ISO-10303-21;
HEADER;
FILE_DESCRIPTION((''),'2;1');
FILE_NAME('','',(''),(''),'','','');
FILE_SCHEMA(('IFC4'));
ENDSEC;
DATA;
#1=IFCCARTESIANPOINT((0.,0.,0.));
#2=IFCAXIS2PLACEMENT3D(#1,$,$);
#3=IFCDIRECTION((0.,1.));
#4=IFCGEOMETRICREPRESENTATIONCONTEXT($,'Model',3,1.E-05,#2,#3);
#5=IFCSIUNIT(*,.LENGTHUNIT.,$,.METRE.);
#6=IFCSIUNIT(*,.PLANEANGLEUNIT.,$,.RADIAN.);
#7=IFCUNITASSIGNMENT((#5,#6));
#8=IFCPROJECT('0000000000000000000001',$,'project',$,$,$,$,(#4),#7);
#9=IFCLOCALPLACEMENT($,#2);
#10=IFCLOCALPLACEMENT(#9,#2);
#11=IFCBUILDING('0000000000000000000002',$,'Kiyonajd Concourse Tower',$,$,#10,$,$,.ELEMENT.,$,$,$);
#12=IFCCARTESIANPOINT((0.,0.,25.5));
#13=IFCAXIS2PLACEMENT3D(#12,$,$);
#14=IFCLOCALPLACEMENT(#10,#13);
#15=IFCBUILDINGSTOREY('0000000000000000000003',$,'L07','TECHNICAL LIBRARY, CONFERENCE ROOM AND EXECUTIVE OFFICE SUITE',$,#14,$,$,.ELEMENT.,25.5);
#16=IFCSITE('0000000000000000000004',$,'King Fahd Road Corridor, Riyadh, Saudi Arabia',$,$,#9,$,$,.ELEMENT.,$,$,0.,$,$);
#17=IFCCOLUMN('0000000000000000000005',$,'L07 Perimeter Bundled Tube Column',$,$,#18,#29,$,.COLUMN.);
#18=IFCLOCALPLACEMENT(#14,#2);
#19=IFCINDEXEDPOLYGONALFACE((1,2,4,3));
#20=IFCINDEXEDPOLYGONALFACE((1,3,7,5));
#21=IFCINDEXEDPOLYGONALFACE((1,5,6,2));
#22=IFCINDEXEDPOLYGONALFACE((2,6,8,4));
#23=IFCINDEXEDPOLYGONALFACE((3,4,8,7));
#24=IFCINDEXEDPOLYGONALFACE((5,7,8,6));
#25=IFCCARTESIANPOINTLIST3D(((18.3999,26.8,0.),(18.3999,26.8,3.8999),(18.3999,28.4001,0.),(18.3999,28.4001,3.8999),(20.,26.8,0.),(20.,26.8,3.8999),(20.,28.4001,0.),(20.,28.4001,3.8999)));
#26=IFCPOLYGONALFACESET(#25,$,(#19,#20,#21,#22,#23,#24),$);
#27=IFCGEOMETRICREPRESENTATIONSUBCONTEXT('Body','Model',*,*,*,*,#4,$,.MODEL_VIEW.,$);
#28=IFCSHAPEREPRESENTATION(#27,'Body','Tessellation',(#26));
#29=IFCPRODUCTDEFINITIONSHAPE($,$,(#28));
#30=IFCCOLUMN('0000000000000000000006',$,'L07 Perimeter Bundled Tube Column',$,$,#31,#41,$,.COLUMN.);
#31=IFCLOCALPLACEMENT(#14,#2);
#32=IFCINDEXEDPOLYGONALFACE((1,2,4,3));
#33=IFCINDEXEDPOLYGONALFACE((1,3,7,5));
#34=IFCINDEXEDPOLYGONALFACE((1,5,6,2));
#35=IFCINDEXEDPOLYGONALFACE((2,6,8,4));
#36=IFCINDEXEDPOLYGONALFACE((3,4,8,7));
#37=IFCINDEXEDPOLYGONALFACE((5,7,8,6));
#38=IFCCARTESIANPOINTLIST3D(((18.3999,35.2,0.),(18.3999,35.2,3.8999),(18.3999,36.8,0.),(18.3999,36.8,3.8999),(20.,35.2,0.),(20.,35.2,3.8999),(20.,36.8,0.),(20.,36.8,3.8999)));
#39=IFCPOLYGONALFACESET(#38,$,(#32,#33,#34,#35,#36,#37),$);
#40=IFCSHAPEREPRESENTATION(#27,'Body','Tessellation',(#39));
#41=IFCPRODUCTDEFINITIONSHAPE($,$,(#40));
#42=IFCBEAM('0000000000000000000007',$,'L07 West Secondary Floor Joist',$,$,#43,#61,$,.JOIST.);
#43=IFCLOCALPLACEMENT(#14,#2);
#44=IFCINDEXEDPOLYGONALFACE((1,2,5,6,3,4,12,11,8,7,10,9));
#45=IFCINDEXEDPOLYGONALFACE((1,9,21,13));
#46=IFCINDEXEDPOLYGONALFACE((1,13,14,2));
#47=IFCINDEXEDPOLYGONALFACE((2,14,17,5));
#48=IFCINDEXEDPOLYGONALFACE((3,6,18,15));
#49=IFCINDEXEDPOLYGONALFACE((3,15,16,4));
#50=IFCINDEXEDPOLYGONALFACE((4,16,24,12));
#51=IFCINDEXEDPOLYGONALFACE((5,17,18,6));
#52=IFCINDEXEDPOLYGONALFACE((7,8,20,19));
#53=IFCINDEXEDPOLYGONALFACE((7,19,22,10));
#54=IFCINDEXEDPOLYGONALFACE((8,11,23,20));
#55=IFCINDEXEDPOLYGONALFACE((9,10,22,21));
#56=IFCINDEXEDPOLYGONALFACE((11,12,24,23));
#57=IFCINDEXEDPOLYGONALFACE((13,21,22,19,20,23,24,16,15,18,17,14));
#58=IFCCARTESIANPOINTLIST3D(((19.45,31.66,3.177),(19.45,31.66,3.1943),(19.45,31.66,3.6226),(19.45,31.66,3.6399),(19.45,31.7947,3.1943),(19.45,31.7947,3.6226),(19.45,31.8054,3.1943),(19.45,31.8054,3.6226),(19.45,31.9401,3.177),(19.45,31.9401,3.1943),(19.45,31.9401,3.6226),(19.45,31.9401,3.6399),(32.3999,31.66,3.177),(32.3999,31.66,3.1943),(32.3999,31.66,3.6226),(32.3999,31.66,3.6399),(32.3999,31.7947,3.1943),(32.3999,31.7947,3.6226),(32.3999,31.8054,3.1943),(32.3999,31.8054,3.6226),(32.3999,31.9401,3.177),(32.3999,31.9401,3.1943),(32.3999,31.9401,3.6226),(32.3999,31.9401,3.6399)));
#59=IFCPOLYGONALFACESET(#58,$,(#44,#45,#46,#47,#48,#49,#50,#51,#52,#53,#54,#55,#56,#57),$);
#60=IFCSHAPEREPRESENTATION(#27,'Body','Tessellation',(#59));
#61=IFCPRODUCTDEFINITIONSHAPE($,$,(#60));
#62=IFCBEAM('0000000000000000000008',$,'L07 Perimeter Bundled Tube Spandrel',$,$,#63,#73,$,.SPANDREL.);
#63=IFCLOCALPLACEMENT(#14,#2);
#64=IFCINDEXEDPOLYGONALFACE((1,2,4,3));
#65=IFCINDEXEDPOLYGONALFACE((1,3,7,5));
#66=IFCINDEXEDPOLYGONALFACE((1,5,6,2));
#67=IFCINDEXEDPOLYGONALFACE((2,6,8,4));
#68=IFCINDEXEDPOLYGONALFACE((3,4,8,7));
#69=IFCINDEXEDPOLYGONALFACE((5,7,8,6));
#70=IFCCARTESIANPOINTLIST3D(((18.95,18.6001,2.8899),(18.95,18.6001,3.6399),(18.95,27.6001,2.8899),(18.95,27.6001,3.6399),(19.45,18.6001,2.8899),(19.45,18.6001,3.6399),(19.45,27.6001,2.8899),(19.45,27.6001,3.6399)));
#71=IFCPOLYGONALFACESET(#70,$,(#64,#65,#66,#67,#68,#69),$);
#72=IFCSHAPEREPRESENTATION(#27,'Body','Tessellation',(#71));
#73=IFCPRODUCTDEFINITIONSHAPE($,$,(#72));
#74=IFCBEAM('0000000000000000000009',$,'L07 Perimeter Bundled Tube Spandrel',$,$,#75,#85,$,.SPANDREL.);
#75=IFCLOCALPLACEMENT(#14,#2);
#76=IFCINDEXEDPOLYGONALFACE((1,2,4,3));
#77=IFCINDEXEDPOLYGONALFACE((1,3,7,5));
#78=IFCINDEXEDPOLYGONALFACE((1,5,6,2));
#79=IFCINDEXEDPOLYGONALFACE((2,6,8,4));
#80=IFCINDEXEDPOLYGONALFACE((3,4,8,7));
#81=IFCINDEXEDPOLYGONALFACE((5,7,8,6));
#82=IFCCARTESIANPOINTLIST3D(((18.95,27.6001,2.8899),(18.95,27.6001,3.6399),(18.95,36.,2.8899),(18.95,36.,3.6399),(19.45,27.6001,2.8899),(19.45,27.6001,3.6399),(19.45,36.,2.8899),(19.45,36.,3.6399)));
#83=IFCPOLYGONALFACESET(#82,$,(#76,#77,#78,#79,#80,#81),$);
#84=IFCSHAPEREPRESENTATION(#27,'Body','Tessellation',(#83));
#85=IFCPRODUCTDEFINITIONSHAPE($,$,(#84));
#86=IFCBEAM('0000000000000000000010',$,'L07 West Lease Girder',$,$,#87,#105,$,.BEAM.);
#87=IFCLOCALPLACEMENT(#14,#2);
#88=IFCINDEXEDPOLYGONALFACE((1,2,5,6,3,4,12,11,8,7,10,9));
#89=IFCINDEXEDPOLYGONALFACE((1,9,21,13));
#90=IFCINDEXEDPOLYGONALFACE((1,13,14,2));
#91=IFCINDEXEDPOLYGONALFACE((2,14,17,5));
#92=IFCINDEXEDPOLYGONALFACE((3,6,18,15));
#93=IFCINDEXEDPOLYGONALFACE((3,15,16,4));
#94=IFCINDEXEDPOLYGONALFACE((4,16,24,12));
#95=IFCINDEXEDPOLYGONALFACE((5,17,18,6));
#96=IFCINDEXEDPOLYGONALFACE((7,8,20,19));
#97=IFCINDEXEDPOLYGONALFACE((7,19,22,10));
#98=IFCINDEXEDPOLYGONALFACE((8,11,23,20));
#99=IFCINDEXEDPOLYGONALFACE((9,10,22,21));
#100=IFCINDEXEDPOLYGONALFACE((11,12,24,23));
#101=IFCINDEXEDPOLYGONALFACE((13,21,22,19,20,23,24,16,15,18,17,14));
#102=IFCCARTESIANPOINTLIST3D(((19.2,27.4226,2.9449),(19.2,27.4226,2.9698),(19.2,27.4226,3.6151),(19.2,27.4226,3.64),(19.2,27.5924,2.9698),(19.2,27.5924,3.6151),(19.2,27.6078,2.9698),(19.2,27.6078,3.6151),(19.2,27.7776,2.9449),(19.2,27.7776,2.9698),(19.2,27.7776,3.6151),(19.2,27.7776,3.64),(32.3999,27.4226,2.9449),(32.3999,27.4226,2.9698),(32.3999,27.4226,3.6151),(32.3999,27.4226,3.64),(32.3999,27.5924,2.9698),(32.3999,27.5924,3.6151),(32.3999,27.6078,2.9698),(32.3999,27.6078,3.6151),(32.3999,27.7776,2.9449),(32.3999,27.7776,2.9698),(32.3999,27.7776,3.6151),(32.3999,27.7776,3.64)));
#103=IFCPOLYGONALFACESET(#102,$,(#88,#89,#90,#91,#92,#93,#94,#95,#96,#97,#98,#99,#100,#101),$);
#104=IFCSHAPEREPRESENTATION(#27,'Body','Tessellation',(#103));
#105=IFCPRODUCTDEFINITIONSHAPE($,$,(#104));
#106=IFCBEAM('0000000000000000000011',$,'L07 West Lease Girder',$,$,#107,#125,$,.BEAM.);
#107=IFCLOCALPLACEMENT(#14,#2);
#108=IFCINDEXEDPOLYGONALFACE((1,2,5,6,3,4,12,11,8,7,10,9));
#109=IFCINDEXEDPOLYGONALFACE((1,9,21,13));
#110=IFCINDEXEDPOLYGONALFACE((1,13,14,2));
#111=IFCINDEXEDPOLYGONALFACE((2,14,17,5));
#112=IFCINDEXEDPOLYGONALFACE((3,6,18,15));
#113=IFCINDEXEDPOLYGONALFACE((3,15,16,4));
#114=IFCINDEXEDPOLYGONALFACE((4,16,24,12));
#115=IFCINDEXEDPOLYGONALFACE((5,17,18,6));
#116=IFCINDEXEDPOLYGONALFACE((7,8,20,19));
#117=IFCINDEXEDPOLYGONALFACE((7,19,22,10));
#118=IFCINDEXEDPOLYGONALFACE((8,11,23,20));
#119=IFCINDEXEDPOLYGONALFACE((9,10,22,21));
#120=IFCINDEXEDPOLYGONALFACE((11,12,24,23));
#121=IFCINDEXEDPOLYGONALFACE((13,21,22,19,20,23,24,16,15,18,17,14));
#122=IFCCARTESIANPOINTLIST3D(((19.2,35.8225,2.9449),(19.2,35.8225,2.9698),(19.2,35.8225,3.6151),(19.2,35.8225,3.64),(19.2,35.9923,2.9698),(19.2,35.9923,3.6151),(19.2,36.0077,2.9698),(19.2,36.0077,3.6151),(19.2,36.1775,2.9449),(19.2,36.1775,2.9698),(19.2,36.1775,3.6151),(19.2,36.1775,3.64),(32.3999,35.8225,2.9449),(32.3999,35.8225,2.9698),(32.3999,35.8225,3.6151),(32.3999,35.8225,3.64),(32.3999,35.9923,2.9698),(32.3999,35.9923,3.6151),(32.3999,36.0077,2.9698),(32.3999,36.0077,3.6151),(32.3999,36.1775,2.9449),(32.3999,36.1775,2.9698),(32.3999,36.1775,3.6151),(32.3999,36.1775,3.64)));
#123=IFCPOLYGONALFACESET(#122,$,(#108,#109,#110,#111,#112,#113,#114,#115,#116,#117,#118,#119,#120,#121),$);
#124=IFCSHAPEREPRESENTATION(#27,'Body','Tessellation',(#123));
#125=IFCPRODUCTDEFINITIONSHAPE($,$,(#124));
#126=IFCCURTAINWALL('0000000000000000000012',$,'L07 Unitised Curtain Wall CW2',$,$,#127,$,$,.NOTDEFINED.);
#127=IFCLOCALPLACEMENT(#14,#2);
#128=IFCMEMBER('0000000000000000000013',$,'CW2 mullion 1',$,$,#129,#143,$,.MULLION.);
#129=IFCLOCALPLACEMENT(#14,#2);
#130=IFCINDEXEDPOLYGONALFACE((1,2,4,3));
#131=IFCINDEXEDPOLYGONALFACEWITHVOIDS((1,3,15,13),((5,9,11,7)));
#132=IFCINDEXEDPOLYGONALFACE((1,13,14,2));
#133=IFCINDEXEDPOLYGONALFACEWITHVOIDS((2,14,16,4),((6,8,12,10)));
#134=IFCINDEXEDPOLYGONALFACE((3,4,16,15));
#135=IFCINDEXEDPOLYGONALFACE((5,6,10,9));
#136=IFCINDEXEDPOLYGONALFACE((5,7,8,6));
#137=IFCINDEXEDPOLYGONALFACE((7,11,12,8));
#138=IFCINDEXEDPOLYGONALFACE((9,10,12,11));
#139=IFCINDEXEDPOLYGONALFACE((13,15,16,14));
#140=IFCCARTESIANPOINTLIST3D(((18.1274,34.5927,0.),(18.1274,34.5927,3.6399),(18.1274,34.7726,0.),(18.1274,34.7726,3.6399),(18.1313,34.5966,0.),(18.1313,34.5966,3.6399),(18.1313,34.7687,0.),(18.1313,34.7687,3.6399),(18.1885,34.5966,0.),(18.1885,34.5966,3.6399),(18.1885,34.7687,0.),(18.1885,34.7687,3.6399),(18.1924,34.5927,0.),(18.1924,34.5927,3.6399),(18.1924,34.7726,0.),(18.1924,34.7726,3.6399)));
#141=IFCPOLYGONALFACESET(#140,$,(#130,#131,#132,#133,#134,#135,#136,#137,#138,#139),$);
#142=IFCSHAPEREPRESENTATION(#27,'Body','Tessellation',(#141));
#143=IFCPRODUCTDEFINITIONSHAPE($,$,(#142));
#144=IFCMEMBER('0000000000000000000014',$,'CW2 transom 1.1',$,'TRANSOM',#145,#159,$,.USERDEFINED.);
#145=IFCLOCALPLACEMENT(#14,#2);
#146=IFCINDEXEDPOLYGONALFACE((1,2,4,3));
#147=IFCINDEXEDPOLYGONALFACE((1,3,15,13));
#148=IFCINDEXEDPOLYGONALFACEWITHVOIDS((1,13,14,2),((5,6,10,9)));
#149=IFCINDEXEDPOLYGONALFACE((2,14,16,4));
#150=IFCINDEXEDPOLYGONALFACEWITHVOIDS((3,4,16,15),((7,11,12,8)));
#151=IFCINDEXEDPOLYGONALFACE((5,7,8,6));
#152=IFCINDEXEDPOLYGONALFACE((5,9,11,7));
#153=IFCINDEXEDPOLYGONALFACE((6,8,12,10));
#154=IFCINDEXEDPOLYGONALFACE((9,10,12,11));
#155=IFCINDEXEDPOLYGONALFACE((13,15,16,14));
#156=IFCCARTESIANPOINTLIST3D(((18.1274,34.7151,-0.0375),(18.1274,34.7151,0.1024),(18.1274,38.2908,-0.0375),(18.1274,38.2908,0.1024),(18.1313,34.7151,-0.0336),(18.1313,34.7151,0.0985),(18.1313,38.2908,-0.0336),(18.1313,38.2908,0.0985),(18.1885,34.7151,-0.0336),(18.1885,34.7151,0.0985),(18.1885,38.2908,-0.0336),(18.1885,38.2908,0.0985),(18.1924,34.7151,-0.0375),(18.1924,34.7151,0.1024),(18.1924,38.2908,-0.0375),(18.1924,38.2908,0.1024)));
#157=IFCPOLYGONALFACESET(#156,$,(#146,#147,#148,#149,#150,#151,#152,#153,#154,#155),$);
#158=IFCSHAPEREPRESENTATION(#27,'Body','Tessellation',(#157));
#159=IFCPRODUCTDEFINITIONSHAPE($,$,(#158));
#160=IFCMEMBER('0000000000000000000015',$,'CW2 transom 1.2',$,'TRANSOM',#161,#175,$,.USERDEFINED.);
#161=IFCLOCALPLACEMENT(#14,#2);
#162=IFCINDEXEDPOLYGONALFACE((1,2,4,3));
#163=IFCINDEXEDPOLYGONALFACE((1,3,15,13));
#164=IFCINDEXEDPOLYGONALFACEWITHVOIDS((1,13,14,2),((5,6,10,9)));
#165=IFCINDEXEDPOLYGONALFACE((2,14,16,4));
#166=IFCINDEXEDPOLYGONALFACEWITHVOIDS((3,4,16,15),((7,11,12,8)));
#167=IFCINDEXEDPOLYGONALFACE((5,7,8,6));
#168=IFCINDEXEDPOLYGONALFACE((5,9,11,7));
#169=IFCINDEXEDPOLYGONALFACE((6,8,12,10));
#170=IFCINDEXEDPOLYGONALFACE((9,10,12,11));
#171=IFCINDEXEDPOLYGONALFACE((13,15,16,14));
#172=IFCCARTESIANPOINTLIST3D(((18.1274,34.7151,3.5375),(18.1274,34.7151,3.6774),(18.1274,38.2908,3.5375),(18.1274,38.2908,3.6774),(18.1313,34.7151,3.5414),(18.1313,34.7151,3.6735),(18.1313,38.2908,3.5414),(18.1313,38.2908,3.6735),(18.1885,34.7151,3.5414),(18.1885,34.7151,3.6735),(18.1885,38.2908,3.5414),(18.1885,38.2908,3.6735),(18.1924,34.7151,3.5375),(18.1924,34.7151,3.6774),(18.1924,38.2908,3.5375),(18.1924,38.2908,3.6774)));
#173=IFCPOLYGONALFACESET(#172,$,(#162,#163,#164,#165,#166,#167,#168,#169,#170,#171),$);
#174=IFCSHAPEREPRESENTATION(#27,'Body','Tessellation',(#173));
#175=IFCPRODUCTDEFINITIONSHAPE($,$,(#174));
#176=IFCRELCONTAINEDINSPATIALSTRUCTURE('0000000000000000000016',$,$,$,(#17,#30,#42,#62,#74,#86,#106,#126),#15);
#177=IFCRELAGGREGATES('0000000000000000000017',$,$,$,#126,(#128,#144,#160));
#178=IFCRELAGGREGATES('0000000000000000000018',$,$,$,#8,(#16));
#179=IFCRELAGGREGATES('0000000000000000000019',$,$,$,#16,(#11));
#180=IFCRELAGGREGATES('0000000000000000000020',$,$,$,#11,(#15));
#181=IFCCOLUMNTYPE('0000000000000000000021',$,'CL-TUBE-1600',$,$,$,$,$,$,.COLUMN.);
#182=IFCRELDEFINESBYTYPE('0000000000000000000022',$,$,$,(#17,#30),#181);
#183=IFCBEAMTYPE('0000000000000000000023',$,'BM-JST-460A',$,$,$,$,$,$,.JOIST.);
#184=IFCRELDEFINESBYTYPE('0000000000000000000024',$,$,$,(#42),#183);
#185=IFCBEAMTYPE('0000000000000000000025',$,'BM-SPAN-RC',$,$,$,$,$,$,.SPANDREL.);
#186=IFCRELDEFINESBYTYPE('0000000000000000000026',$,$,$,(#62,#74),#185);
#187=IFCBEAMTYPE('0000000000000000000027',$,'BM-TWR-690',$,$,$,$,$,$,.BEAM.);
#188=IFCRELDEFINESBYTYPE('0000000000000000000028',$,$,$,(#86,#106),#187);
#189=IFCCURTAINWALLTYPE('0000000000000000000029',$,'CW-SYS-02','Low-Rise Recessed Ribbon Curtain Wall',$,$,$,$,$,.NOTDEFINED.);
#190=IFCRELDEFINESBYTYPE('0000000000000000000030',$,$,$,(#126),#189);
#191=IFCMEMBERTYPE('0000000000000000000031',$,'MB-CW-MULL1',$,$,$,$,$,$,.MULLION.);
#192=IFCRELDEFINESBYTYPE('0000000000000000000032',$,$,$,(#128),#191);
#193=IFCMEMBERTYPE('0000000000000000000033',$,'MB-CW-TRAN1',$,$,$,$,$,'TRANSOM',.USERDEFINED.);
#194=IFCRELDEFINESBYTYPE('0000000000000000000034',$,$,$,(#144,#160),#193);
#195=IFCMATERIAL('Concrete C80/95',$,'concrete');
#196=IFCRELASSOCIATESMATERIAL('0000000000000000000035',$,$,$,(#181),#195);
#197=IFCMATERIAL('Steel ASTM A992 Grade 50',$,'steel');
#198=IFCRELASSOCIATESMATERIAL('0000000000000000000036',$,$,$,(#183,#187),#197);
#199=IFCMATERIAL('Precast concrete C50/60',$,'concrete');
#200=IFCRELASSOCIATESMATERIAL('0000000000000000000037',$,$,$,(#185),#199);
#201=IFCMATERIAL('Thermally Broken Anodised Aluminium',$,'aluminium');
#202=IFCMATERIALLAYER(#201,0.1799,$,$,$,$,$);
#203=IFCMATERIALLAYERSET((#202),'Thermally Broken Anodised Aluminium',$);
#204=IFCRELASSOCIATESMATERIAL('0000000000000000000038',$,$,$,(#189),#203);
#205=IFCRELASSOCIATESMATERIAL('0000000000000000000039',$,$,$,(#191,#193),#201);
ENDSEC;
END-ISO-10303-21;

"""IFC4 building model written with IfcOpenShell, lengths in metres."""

from ifc_helpers import new_model, si_unit, direction, frame, origin, origin_2d, place, context, subcontext, project, spatial, rectangle, hollow_rectangle, i_section, extrude, material, layer, layer_set, material_profile, profile_set, type_object, element, aggregate, save


model = new_model("IFC4")

# Units and contexts
model_context = context("Model", 3, precision=1e-05, world=origin(), true_north=direction((0.0, 1.0)))
body_context = subcontext(model_context, "Body", "Model", "MODEL_VIEW")
ifc_project = project(units=[si_unit("LENGTHUNIT", "METRE"), si_unit("PLANEANGLEUNIT", "RADIAN")], contexts=[model_context])

# Site, building, storey
site_placement = place(None, origin())
site = spatial("IfcSite", under=ifc_project, at=site_placement, Name="King Fahd Road Corridor, Riyadh, Saudi Arabia", CompositionType="ELEMENT", RefElevation=0.0)
building_placement = place(site_placement, origin())
building = spatial("IfcBuilding", under=site, at=building_placement, Name="Kiyonajd Concourse Tower", CompositionType="ELEMENT")
storey_placement = place(building_placement, frame((0.0, 0.0, 25.5)))
storey = spatial("IfcBuildingStorey", under=building, at=storey_placement, Name="L07", Description="TECHNICAL LIBRARY, CONFERENCE ROOM AND EXECUTIVE OFFICE SUITE", CompositionType="ELEMENT", Elevation=25.5)

# Columns
ifc_material_1 = material(Name="Concrete C80/95", Category="concrete")
ifc_material_profile_1 = material_profile(ifc_material_1, rectangle(XDim=1.6001, YDim=1.6001, at=origin_2d()), Name="RC-1600x1600")
ifc_profile_set_1 = profile_set([ifc_material_profile_1], Name="Concrete C80/95")
column_type = type_object("IfcColumnType", Name="CL-TUBE-1600", PredefinedType="COLUMN", material=ifc_profile_set_1)
for number, where, z_axis, x_axis, name in (
    (1, (19.2, 27.6001, 0.0), (0.0, 0.0, 1.0), (1.0, 0.0, 0.0), "L07 Perimeter Bundled Tube Column"),
    (2, (19.2, 36.0, 0.0), (0.0, 0.0, 1.0), (1.0, 0.0, 0.0), "L07 Perimeter Bundled Tube Column"),
):
    element("IfcColumn", number, at=place(storey_placement, frame(where, z_axis=z_axis, x_axis=x_axis)), inside=storey, type_object=column_type, Name=name, PredefinedType="COLUMN", context=body_context, shape_type="SweptSolid", body=[
        extrude(rectangle(XDim=1.6001, YDim=1.6001, at=origin_2d()), origin(), (0.0, 0.0, 1.0), 3.8999),
    ])

# Beams
ifc_material_2 = material(Name="Steel ASTM A992 Grade 50", Category="steel")
ifc_material_profile_2 = material_profile(ifc_material_2, i_section(OverallWidth=0.28, OverallDepth=0.4629, WebThickness=0.0107, FlangeThickness=0.0173, at=origin_2d()), Name="W460X113")
ifc_profile_set_2 = profile_set([ifc_material_profile_2], Name="Steel ASTM A992 Grade 50")
beam_type_1 = type_object("IfcBeamType", Name="BM-JST-460A", PredefinedType="JOIST", material=ifc_profile_set_2)
beam_1_placement = place(storey_placement, frame((19.45, 31.8, 3.4084), z_axis=(1.0, 0.0, 0.0), x_axis=(0.0, 1.0, 0.0)))
element("IfcBeam", 3, at=beam_1_placement, inside=storey, type_object=beam_type_1, Name="L07 West Secondary Floor Joist", PredefinedType="JOIST", context=body_context, shape_type="SweptSolid", body=[
    extrude(i_section(OverallWidth=0.28, OverallDepth=0.4629, WebThickness=0.0107, FlangeThickness=0.0173, at=origin_2d()), origin(), (0.0, 0.0, 1.0), 12.95),
])
ifc_material_3 = material(Name="Precast concrete C50/60", Category="concrete")
ifc_material_profile_3 = material_profile(ifc_material_3, rectangle(XDim=0.5, YDim=0.75, at=origin_2d()), Name="RCBM-500x750")
ifc_profile_set_3 = profile_set([ifc_material_profile_3], Name="Precast concrete C50/60")
beam_type_2 = type_object("IfcBeamType", Name="BM-SPAN-RC", PredefinedType="SPANDREL", material=ifc_profile_set_3)
beam_2_placement = place(storey_placement, frame((19.2, 27.6001, 3.2649), z_axis=(0.0, -1.0, 0.0), x_axis=(1.0, 0.0, 0.0)))
element("IfcBeam", 4, at=beam_2_placement, inside=storey, type_object=beam_type_2, Name="L07 Perimeter Bundled Tube Spandrel", PredefinedType="SPANDREL", context=body_context, shape_type="SweptSolid", body=[
    extrude(rectangle(XDim=0.5, YDim=0.75, at=origin_2d()), origin(), (0.0, 0.0, 1.0), 9.0),
])
beam_3_placement = place(storey_placement, frame((19.2, 36.0, 3.2649), z_axis=(0.0, -1.0, 0.0), x_axis=(1.0, 0.0, 0.0)))
element("IfcBeam", 5, at=beam_3_placement, inside=storey, type_object=beam_type_2, Name="L07 Perimeter Bundled Tube Spandrel", PredefinedType="SPANDREL", context=body_context, shape_type="SweptSolid", body=[
    extrude(rectangle(XDim=0.5, YDim=0.75, at=origin_2d()), origin(), (0.0, 0.0, 1.0), 8.3999),
])
ifc_material_profile_4 = material_profile(ifc_material_2, i_section(OverallWidth=0.355, OverallDepth=0.6951, WebThickness=0.0154, FlangeThickness=0.0249, at=origin_2d()), Name="W690X217")
ifc_profile_set_4 = profile_set([ifc_material_profile_4], Name="Steel ASTM A992 Grade 50")
beam_type_3 = type_object("IfcBeamType", Name="BM-TWR-690", PredefinedType="BEAM", material=ifc_profile_set_4)
for number, where, z_axis, x_axis, name in (
    (6, (19.2, 27.6001, 3.2925), (1.0, 0.0, 0.0), (0.0, 1.0, 0.0), "L07 West Lease Girder"),
    (7, (19.2, 36.0, 3.2925), (1.0, 0.0, 0.0), (0.0, 1.0, 0.0), "L07 West Lease Girder"),
):
    element("IfcBeam", number, at=place(storey_placement, frame(where, z_axis=z_axis, x_axis=x_axis)), inside=storey, type_object=beam_type_3, Name=name, PredefinedType="BEAM", context=body_context, shape_type="SweptSolid", body=[
        extrude(i_section(OverallWidth=0.355, OverallDepth=0.6951, WebThickness=0.0154, FlangeThickness=0.0249, at=origin_2d()), origin(), (0.0, 0.0, 1.0), 13.2),
    ])

# Curtain wall, members
ifc_material_4 = material(Name="Thermally Broken Anodised Aluminium", Category="aluminium")
ifc_layer_1 = layer(ifc_material_4, 0.1799)
ifc_layer_set_1 = layer_set([ifc_layer_1], Name="Thermally Broken Anodised Aluminium")
curtain_wall_type = type_object("IfcCurtainWallType", Name="CW-SYS-02", Description="Low-Rise Recessed Ribbon Curtain Wall", PredefinedType="NOTDEFINED", material=ifc_layer_set_1)
curtain_wall_placement = place(storey_placement, origin())
curtain_wall = element("IfcCurtainWall", 8, at=curtain_wall_placement, inside=storey, type_object=curtain_wall_type, Name="L07 Unitised Curtain Wall CW2", PredefinedType="NOTDEFINED")
ifc_material_profile_5 = material_profile(ifc_material_4, hollow_rectangle(XDim=0.0649, YDim=0.1799, WallThickness=0.0039, at=origin_2d()), Name="MULL-65x180")
ifc_profile_set_5 = profile_set([ifc_material_profile_5], Name="Thermally Broken Anodised Aluminium")
member_type_1 = type_object("IfcMemberType", Name="MB-CW-MULL1", PredefinedType="MULLION", material=ifc_profile_set_5)
member_1_placement = place(storey_placement, frame((18.1599, 34.6826, 0.0), z_axis=(0.0, 0.0, 1.0), x_axis=(-1.0, 0.0, 0.0)))
member_1 = element("IfcMember", 9, at=member_1_placement, type_object=member_type_1, Name="CW2 mullion 1", PredefinedType="MULLION", context=body_context, shape_type="SweptSolid", body=[
    extrude(hollow_rectangle(XDim=0.0649, YDim=0.1799, WallThickness=0.0039, at=origin_2d()), origin(), (0.0, 0.0, 1.0), 3.6399),
])
ifc_material_profile_6 = material_profile(ifc_material_4, hollow_rectangle(XDim=0.0649, YDim=0.1399, WallThickness=0.0039, at=origin_2d()), Name="TRAN-65x140")
ifc_profile_set_6 = profile_set([ifc_material_profile_6], Name="Thermally Broken Anodised Aluminium")
member_type_2 = type_object("IfcMemberType", Name="MB-CW-TRAN1", ElementType="TRANSOM", PredefinedType="USERDEFINED", material=ifc_profile_set_6)
member_2_placement = place(storey_placement, frame((18.1599, 34.7151, 0.0325), z_axis=(0.0, 1.0, 0.0), x_axis=(-1.0, 0.0, 0.0)))
member_2 = element("IfcMember", 10, at=member_2_placement, type_object=member_type_2, Name="CW2 transom 1.1", ObjectType="TRANSOM", PredefinedType="USERDEFINED", context=body_context, shape_type="SweptSolid", body=[
    extrude(hollow_rectangle(XDim=0.0649, YDim=0.1399, WallThickness=0.0039, at=origin_2d()), origin(), (0.0, 0.0, 1.0), 3.5757),
])
member_3_placement = place(storey_placement, frame((18.1599, 34.7151, 3.6074), z_axis=(0.0, 1.0, 0.0), x_axis=(-1.0, 0.0, 0.0)))
member_3 = element("IfcMember", 11, at=member_3_placement, type_object=member_type_2, Name="CW2 transom 1.2", ObjectType="TRANSOM", PredefinedType="USERDEFINED", context=body_context, shape_type="SweptSolid", body=[
    extrude(hollow_rectangle(XDim=0.0649, YDim=0.1399, WallThickness=0.0039, at=origin_2d()), origin(), (0.0, 0.0, 1.0), 3.5757),
])

aggregate(curtain_wall, [member_1, member_2, member_3])

save(model, "model.ifc")
